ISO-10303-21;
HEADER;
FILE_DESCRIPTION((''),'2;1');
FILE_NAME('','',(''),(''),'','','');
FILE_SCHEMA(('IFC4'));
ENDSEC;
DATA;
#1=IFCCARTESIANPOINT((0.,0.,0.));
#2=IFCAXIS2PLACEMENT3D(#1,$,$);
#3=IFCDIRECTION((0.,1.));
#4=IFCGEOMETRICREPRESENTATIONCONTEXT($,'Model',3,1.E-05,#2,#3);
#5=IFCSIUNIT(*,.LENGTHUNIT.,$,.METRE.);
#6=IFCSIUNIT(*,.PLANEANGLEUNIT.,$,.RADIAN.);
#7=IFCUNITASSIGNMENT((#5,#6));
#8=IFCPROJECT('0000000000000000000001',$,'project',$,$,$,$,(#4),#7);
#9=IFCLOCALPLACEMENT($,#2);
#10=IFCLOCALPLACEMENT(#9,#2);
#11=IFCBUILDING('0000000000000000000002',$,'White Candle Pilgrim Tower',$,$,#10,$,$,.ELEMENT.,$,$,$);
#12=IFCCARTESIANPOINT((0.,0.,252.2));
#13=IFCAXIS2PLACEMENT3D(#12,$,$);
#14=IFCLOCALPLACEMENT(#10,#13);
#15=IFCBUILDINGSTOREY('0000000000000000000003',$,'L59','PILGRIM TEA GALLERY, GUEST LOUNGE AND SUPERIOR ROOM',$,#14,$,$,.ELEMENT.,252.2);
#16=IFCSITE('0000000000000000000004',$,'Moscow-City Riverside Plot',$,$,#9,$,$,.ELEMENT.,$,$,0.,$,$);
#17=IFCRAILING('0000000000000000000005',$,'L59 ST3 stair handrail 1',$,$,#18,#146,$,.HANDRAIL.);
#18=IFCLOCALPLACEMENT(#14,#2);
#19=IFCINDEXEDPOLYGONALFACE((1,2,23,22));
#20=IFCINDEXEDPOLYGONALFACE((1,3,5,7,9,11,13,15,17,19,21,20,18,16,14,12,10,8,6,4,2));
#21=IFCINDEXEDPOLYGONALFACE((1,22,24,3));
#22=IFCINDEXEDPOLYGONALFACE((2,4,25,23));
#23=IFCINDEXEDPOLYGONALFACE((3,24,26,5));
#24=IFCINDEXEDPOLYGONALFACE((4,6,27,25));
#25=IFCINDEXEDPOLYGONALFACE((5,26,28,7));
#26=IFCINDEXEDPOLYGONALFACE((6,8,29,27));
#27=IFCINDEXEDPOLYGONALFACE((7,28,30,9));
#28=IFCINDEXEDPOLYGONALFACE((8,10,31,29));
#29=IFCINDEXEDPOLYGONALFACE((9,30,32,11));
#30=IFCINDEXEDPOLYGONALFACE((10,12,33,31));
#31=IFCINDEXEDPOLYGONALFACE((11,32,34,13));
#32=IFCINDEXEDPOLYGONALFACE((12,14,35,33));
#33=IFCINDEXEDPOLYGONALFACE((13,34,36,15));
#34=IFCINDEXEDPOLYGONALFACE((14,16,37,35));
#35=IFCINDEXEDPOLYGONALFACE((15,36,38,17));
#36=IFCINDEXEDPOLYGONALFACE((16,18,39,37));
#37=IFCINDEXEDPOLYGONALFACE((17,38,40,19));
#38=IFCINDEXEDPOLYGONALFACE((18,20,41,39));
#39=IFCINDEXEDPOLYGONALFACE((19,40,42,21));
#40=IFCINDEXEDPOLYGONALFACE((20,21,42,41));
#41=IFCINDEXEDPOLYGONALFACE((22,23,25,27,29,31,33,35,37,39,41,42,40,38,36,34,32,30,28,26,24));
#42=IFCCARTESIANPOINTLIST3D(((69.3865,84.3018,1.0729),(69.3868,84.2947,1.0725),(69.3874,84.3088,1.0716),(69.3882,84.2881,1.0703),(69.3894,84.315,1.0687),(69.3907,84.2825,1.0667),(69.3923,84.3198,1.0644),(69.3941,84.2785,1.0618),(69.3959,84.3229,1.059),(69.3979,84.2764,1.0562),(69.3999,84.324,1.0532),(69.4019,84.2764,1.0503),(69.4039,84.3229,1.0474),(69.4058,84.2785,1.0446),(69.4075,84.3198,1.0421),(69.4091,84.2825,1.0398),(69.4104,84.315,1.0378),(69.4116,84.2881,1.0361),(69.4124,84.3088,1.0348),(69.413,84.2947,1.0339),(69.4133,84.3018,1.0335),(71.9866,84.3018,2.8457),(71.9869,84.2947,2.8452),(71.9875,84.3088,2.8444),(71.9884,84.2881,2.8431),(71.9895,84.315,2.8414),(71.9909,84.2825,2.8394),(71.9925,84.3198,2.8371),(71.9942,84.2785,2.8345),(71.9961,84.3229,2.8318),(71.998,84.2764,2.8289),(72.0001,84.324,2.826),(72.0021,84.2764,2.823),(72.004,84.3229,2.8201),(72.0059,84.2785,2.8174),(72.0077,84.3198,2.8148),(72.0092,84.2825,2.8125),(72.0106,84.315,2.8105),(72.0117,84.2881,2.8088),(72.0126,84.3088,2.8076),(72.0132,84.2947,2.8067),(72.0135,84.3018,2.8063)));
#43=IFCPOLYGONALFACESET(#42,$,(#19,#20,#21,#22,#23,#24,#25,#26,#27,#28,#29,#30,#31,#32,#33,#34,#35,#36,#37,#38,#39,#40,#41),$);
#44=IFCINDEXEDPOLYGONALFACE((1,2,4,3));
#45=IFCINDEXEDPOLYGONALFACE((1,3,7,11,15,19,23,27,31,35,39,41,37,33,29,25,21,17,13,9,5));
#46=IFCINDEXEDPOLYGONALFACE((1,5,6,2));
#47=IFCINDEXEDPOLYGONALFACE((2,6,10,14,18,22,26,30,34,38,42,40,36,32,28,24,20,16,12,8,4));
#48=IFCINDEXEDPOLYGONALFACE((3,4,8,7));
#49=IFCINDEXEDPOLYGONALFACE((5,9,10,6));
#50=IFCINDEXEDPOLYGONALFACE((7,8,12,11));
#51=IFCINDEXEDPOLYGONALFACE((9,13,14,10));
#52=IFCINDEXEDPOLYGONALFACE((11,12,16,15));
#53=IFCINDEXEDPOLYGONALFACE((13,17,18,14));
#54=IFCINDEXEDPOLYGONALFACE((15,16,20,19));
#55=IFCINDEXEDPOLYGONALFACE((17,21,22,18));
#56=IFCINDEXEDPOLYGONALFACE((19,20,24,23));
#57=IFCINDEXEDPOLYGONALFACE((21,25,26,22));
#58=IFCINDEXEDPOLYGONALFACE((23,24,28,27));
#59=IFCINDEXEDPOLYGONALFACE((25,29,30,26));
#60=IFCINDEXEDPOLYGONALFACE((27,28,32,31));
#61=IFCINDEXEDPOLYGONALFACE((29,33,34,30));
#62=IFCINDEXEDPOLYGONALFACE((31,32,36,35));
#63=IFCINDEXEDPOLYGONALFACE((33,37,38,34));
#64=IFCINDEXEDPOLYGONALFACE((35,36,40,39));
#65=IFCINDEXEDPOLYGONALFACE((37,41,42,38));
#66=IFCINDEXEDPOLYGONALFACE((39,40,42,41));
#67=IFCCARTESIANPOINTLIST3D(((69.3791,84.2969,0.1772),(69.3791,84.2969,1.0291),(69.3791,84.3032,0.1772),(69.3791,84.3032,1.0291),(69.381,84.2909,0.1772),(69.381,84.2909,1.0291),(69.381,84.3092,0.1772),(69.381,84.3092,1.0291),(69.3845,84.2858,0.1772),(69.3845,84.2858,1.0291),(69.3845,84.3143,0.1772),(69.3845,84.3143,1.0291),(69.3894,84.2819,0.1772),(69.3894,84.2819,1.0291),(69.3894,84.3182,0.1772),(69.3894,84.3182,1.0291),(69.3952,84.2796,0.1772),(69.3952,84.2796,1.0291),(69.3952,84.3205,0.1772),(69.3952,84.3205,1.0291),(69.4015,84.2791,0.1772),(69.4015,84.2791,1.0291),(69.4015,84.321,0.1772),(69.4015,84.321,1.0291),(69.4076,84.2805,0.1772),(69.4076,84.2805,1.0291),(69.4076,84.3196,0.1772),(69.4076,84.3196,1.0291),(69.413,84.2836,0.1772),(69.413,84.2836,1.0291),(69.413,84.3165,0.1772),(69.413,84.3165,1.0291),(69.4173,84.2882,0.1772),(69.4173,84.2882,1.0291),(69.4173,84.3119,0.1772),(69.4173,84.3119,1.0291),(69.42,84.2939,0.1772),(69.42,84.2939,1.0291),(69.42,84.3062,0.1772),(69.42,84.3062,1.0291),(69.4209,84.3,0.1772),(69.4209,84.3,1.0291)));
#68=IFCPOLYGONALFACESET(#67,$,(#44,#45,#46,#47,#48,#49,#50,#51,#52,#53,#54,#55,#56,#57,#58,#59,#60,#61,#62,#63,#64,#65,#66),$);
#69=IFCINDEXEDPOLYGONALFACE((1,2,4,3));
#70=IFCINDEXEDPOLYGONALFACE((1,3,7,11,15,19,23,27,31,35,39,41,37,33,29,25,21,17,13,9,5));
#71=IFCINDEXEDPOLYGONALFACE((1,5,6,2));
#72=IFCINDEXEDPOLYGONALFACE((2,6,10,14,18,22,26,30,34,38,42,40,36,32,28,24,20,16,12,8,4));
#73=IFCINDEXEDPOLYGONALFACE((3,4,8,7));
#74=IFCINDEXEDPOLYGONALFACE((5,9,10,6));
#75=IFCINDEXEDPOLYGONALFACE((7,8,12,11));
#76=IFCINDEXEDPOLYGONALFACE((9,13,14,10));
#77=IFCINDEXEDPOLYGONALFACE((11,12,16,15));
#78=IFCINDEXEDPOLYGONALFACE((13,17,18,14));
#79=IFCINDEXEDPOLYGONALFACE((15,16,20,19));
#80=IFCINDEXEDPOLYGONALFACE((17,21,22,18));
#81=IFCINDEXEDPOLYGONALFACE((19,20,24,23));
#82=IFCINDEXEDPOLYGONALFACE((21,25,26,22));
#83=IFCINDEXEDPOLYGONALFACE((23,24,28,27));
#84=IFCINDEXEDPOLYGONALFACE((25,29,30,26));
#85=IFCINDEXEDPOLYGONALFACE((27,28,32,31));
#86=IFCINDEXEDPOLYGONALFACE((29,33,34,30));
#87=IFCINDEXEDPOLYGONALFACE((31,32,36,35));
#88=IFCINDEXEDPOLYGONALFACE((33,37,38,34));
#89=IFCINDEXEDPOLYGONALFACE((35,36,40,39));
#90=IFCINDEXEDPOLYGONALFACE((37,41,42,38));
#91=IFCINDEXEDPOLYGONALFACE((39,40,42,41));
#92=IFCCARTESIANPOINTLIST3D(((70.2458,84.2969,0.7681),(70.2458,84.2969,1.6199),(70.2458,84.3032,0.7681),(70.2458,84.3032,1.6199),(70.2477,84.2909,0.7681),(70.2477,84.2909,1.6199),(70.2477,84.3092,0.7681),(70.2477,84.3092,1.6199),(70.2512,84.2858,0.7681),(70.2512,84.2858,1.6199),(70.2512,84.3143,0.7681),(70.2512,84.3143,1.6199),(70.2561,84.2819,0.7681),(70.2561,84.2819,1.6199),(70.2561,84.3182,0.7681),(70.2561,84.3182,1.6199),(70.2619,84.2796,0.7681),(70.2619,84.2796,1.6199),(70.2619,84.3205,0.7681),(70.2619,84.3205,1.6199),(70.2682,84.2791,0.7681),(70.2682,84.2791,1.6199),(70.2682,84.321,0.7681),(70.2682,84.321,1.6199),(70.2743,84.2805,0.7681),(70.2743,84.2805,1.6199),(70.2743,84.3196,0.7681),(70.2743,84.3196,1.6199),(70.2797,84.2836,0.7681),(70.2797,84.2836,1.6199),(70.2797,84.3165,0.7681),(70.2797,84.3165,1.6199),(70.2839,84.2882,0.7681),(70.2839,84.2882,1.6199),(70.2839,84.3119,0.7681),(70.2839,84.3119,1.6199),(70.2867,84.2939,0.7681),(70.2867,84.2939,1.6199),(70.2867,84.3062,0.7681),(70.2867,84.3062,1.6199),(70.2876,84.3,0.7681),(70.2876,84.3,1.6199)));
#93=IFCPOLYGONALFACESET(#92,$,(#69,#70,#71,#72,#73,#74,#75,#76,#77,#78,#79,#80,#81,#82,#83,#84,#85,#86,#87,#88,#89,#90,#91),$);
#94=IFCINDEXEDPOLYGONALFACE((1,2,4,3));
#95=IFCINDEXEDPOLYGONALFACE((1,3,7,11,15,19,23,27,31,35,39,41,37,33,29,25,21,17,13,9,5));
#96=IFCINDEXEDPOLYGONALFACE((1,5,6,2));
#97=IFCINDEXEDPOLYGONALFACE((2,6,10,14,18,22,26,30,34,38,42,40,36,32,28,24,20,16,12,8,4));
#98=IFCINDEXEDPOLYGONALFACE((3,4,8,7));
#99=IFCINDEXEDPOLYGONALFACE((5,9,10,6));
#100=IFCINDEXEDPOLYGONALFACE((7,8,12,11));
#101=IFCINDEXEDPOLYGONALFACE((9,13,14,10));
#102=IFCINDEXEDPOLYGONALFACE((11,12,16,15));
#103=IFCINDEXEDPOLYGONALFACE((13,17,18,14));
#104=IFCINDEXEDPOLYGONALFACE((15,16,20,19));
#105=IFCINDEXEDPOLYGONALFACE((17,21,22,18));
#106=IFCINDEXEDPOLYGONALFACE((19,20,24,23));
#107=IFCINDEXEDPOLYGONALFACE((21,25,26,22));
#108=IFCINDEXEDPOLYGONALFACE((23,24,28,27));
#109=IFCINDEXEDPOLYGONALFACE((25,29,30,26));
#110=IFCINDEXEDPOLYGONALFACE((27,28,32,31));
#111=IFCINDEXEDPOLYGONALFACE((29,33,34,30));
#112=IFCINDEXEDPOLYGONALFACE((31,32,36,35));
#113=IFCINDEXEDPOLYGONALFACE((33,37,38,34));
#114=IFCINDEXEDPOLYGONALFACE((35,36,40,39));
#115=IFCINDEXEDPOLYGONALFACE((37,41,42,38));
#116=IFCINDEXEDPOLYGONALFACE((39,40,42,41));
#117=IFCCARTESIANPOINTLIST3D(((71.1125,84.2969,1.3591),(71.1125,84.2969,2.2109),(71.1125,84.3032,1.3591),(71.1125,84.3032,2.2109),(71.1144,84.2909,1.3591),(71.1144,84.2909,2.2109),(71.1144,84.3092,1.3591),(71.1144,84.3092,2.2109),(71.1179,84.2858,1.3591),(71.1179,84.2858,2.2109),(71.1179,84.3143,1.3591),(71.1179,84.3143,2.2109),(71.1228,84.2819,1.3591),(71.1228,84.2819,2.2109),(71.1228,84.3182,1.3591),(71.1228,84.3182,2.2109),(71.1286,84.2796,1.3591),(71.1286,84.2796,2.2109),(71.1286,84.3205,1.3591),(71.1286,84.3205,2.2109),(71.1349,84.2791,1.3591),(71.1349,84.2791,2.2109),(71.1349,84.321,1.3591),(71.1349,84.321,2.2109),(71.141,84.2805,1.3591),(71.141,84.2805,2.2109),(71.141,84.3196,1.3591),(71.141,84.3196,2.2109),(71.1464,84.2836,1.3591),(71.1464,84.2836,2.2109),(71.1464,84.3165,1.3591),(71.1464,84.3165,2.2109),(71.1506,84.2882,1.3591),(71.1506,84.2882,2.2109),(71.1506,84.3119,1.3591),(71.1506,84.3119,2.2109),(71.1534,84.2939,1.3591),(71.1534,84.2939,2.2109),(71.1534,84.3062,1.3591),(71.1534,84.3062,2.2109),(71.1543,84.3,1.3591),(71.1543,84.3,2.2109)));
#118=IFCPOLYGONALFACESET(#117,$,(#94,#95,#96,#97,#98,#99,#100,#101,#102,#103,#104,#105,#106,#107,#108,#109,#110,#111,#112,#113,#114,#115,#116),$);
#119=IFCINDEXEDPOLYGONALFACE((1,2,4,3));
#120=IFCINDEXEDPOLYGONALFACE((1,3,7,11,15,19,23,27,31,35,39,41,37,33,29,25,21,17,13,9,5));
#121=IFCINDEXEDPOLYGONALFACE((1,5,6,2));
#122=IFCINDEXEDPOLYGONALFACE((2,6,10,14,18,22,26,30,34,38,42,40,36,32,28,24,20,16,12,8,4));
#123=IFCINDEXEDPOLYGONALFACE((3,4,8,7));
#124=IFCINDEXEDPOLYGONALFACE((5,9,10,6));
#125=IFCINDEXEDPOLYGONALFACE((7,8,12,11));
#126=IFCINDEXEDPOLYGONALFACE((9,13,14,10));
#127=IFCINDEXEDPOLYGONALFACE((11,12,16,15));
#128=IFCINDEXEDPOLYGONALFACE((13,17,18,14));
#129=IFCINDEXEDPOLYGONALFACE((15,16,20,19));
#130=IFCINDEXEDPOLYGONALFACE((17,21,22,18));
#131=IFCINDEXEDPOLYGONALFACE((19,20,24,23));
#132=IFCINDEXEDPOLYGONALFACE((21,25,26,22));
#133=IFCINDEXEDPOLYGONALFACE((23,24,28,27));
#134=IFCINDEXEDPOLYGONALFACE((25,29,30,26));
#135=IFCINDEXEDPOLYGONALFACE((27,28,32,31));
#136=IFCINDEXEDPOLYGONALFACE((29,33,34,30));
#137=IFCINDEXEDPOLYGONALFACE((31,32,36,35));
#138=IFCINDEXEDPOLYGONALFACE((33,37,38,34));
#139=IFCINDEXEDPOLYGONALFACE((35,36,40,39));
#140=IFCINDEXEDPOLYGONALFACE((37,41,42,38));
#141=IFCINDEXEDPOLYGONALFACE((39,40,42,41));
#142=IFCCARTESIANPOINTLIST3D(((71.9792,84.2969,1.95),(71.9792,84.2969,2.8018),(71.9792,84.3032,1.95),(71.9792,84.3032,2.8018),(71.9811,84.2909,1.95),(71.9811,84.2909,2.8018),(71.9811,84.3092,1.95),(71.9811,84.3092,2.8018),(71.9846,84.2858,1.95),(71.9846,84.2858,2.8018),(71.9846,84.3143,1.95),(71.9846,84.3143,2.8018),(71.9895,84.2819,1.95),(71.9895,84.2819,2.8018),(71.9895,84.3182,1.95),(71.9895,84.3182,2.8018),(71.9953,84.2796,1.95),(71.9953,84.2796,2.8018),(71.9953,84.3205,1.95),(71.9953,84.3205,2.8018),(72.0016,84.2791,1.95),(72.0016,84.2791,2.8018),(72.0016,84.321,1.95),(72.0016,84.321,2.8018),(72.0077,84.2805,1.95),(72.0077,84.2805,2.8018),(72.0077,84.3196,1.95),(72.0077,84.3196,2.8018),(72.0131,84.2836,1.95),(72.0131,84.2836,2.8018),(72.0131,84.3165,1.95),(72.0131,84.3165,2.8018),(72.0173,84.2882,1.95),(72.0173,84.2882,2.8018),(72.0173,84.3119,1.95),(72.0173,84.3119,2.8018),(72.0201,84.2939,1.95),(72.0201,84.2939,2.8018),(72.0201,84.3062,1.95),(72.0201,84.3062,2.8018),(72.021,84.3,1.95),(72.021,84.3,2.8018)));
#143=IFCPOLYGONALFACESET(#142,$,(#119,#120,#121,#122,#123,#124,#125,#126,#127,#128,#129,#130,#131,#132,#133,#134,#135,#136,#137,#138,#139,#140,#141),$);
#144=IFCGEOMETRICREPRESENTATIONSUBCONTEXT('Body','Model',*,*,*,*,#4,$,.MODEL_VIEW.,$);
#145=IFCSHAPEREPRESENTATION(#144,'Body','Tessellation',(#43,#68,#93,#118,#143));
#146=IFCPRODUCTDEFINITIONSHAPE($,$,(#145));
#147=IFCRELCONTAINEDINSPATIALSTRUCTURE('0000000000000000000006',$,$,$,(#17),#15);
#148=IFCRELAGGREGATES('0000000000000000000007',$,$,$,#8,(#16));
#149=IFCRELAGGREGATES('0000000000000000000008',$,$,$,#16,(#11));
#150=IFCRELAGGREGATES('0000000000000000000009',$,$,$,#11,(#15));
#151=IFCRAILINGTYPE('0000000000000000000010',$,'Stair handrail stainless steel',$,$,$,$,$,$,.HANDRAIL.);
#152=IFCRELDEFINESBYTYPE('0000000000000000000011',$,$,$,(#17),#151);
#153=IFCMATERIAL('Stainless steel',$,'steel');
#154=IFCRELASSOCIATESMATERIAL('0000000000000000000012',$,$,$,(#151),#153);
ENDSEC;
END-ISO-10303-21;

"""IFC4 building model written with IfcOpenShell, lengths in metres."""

from ifc_helpers import new_model, si_unit, direction, frame, origin, origin_2d, place, context, subcontext, project, spatial, circle, extrude, material, type_object, element, save


model = new_model("IFC4")

# Units and contexts
model_context = context("Model", 3, precision=1e-05, world=origin(), true_north=direction((0.0, 1.0)))
body_context = subcontext(model_context, "Body", "Model", "MODEL_VIEW")
ifc_project = project(units=[si_unit("LENGTHUNIT", "METRE"), si_unit("PLANEANGLEUNIT", "RADIAN")], contexts=[model_context])

# Site, building, storey
site_placement = place(None, origin())
site = spatial("IfcSite", under=ifc_project, at=site_placement, Name="Moscow-City Riverside Plot", CompositionType="ELEMENT", RefElevation=0.0)
building_placement = place(site_placement, origin())
building = spatial("IfcBuilding", under=site, at=building_placement, Name="White Candle Pilgrim Tower", CompositionType="ELEMENT")
storey_placement = place(building_placement, frame((0.0, 0.0, 252.2)))
storey = spatial("IfcBuildingStorey", under=building, at=storey_placement, Name="L59", Description="PILGRIM TEA GALLERY, GUEST LOUNGE AND SUPERIOR ROOM", CompositionType="ELEMENT", Elevation=252.2)

# Railing
ifc_material_1 = material(Name="Stainless steel", Category="steel")
railing_type_1 = type_object("IfcRailingType", Name="Stair handrail stainless steel", PredefinedType="HANDRAIL", material=ifc_material_1)
railing_1_placement = place(storey_placement, frame((69.3999, 84.3, 0.1772)))
element("IfcRailing", 1, at=railing_1_placement, inside=storey, type_object=railing_type_1, Name="L59 ST3 stair handrail 1", PredefinedType="HANDRAIL", context=body_context, shape_type="SweptSolid", body=[
    extrude(circle(Radius=0.0239, at=origin_2d()), frame((0.0, 0.0, 0.876), z_axis=(0.82624, 0.0, 0.563318), x_axis=(0.0, 1.0, 0.0)), (0.0, 0.0, 1.0), 3.147),
    extrude(circle(Radius=0.021, at=origin_2d()), origin(), (0.0, 0.0, 1.0), 0.8518),
    extrude(circle(Radius=0.021, at=origin_2d()), frame((0.8667, 0.0, 0.5908)), (0.0, 0.0, 1.0), 0.8518),
    extrude(circle(Radius=0.021, at=origin_2d()), frame((1.7334, 0.0, 1.1819)), (0.0, 0.0, 1.0), 0.8518),
    extrude(circle(Radius=0.021, at=origin_2d()), frame((2.6001, 0.0, 1.7727)), (0.0, 0.0, 1.0), 0.8518),
])

save(model, "model.ifc")
